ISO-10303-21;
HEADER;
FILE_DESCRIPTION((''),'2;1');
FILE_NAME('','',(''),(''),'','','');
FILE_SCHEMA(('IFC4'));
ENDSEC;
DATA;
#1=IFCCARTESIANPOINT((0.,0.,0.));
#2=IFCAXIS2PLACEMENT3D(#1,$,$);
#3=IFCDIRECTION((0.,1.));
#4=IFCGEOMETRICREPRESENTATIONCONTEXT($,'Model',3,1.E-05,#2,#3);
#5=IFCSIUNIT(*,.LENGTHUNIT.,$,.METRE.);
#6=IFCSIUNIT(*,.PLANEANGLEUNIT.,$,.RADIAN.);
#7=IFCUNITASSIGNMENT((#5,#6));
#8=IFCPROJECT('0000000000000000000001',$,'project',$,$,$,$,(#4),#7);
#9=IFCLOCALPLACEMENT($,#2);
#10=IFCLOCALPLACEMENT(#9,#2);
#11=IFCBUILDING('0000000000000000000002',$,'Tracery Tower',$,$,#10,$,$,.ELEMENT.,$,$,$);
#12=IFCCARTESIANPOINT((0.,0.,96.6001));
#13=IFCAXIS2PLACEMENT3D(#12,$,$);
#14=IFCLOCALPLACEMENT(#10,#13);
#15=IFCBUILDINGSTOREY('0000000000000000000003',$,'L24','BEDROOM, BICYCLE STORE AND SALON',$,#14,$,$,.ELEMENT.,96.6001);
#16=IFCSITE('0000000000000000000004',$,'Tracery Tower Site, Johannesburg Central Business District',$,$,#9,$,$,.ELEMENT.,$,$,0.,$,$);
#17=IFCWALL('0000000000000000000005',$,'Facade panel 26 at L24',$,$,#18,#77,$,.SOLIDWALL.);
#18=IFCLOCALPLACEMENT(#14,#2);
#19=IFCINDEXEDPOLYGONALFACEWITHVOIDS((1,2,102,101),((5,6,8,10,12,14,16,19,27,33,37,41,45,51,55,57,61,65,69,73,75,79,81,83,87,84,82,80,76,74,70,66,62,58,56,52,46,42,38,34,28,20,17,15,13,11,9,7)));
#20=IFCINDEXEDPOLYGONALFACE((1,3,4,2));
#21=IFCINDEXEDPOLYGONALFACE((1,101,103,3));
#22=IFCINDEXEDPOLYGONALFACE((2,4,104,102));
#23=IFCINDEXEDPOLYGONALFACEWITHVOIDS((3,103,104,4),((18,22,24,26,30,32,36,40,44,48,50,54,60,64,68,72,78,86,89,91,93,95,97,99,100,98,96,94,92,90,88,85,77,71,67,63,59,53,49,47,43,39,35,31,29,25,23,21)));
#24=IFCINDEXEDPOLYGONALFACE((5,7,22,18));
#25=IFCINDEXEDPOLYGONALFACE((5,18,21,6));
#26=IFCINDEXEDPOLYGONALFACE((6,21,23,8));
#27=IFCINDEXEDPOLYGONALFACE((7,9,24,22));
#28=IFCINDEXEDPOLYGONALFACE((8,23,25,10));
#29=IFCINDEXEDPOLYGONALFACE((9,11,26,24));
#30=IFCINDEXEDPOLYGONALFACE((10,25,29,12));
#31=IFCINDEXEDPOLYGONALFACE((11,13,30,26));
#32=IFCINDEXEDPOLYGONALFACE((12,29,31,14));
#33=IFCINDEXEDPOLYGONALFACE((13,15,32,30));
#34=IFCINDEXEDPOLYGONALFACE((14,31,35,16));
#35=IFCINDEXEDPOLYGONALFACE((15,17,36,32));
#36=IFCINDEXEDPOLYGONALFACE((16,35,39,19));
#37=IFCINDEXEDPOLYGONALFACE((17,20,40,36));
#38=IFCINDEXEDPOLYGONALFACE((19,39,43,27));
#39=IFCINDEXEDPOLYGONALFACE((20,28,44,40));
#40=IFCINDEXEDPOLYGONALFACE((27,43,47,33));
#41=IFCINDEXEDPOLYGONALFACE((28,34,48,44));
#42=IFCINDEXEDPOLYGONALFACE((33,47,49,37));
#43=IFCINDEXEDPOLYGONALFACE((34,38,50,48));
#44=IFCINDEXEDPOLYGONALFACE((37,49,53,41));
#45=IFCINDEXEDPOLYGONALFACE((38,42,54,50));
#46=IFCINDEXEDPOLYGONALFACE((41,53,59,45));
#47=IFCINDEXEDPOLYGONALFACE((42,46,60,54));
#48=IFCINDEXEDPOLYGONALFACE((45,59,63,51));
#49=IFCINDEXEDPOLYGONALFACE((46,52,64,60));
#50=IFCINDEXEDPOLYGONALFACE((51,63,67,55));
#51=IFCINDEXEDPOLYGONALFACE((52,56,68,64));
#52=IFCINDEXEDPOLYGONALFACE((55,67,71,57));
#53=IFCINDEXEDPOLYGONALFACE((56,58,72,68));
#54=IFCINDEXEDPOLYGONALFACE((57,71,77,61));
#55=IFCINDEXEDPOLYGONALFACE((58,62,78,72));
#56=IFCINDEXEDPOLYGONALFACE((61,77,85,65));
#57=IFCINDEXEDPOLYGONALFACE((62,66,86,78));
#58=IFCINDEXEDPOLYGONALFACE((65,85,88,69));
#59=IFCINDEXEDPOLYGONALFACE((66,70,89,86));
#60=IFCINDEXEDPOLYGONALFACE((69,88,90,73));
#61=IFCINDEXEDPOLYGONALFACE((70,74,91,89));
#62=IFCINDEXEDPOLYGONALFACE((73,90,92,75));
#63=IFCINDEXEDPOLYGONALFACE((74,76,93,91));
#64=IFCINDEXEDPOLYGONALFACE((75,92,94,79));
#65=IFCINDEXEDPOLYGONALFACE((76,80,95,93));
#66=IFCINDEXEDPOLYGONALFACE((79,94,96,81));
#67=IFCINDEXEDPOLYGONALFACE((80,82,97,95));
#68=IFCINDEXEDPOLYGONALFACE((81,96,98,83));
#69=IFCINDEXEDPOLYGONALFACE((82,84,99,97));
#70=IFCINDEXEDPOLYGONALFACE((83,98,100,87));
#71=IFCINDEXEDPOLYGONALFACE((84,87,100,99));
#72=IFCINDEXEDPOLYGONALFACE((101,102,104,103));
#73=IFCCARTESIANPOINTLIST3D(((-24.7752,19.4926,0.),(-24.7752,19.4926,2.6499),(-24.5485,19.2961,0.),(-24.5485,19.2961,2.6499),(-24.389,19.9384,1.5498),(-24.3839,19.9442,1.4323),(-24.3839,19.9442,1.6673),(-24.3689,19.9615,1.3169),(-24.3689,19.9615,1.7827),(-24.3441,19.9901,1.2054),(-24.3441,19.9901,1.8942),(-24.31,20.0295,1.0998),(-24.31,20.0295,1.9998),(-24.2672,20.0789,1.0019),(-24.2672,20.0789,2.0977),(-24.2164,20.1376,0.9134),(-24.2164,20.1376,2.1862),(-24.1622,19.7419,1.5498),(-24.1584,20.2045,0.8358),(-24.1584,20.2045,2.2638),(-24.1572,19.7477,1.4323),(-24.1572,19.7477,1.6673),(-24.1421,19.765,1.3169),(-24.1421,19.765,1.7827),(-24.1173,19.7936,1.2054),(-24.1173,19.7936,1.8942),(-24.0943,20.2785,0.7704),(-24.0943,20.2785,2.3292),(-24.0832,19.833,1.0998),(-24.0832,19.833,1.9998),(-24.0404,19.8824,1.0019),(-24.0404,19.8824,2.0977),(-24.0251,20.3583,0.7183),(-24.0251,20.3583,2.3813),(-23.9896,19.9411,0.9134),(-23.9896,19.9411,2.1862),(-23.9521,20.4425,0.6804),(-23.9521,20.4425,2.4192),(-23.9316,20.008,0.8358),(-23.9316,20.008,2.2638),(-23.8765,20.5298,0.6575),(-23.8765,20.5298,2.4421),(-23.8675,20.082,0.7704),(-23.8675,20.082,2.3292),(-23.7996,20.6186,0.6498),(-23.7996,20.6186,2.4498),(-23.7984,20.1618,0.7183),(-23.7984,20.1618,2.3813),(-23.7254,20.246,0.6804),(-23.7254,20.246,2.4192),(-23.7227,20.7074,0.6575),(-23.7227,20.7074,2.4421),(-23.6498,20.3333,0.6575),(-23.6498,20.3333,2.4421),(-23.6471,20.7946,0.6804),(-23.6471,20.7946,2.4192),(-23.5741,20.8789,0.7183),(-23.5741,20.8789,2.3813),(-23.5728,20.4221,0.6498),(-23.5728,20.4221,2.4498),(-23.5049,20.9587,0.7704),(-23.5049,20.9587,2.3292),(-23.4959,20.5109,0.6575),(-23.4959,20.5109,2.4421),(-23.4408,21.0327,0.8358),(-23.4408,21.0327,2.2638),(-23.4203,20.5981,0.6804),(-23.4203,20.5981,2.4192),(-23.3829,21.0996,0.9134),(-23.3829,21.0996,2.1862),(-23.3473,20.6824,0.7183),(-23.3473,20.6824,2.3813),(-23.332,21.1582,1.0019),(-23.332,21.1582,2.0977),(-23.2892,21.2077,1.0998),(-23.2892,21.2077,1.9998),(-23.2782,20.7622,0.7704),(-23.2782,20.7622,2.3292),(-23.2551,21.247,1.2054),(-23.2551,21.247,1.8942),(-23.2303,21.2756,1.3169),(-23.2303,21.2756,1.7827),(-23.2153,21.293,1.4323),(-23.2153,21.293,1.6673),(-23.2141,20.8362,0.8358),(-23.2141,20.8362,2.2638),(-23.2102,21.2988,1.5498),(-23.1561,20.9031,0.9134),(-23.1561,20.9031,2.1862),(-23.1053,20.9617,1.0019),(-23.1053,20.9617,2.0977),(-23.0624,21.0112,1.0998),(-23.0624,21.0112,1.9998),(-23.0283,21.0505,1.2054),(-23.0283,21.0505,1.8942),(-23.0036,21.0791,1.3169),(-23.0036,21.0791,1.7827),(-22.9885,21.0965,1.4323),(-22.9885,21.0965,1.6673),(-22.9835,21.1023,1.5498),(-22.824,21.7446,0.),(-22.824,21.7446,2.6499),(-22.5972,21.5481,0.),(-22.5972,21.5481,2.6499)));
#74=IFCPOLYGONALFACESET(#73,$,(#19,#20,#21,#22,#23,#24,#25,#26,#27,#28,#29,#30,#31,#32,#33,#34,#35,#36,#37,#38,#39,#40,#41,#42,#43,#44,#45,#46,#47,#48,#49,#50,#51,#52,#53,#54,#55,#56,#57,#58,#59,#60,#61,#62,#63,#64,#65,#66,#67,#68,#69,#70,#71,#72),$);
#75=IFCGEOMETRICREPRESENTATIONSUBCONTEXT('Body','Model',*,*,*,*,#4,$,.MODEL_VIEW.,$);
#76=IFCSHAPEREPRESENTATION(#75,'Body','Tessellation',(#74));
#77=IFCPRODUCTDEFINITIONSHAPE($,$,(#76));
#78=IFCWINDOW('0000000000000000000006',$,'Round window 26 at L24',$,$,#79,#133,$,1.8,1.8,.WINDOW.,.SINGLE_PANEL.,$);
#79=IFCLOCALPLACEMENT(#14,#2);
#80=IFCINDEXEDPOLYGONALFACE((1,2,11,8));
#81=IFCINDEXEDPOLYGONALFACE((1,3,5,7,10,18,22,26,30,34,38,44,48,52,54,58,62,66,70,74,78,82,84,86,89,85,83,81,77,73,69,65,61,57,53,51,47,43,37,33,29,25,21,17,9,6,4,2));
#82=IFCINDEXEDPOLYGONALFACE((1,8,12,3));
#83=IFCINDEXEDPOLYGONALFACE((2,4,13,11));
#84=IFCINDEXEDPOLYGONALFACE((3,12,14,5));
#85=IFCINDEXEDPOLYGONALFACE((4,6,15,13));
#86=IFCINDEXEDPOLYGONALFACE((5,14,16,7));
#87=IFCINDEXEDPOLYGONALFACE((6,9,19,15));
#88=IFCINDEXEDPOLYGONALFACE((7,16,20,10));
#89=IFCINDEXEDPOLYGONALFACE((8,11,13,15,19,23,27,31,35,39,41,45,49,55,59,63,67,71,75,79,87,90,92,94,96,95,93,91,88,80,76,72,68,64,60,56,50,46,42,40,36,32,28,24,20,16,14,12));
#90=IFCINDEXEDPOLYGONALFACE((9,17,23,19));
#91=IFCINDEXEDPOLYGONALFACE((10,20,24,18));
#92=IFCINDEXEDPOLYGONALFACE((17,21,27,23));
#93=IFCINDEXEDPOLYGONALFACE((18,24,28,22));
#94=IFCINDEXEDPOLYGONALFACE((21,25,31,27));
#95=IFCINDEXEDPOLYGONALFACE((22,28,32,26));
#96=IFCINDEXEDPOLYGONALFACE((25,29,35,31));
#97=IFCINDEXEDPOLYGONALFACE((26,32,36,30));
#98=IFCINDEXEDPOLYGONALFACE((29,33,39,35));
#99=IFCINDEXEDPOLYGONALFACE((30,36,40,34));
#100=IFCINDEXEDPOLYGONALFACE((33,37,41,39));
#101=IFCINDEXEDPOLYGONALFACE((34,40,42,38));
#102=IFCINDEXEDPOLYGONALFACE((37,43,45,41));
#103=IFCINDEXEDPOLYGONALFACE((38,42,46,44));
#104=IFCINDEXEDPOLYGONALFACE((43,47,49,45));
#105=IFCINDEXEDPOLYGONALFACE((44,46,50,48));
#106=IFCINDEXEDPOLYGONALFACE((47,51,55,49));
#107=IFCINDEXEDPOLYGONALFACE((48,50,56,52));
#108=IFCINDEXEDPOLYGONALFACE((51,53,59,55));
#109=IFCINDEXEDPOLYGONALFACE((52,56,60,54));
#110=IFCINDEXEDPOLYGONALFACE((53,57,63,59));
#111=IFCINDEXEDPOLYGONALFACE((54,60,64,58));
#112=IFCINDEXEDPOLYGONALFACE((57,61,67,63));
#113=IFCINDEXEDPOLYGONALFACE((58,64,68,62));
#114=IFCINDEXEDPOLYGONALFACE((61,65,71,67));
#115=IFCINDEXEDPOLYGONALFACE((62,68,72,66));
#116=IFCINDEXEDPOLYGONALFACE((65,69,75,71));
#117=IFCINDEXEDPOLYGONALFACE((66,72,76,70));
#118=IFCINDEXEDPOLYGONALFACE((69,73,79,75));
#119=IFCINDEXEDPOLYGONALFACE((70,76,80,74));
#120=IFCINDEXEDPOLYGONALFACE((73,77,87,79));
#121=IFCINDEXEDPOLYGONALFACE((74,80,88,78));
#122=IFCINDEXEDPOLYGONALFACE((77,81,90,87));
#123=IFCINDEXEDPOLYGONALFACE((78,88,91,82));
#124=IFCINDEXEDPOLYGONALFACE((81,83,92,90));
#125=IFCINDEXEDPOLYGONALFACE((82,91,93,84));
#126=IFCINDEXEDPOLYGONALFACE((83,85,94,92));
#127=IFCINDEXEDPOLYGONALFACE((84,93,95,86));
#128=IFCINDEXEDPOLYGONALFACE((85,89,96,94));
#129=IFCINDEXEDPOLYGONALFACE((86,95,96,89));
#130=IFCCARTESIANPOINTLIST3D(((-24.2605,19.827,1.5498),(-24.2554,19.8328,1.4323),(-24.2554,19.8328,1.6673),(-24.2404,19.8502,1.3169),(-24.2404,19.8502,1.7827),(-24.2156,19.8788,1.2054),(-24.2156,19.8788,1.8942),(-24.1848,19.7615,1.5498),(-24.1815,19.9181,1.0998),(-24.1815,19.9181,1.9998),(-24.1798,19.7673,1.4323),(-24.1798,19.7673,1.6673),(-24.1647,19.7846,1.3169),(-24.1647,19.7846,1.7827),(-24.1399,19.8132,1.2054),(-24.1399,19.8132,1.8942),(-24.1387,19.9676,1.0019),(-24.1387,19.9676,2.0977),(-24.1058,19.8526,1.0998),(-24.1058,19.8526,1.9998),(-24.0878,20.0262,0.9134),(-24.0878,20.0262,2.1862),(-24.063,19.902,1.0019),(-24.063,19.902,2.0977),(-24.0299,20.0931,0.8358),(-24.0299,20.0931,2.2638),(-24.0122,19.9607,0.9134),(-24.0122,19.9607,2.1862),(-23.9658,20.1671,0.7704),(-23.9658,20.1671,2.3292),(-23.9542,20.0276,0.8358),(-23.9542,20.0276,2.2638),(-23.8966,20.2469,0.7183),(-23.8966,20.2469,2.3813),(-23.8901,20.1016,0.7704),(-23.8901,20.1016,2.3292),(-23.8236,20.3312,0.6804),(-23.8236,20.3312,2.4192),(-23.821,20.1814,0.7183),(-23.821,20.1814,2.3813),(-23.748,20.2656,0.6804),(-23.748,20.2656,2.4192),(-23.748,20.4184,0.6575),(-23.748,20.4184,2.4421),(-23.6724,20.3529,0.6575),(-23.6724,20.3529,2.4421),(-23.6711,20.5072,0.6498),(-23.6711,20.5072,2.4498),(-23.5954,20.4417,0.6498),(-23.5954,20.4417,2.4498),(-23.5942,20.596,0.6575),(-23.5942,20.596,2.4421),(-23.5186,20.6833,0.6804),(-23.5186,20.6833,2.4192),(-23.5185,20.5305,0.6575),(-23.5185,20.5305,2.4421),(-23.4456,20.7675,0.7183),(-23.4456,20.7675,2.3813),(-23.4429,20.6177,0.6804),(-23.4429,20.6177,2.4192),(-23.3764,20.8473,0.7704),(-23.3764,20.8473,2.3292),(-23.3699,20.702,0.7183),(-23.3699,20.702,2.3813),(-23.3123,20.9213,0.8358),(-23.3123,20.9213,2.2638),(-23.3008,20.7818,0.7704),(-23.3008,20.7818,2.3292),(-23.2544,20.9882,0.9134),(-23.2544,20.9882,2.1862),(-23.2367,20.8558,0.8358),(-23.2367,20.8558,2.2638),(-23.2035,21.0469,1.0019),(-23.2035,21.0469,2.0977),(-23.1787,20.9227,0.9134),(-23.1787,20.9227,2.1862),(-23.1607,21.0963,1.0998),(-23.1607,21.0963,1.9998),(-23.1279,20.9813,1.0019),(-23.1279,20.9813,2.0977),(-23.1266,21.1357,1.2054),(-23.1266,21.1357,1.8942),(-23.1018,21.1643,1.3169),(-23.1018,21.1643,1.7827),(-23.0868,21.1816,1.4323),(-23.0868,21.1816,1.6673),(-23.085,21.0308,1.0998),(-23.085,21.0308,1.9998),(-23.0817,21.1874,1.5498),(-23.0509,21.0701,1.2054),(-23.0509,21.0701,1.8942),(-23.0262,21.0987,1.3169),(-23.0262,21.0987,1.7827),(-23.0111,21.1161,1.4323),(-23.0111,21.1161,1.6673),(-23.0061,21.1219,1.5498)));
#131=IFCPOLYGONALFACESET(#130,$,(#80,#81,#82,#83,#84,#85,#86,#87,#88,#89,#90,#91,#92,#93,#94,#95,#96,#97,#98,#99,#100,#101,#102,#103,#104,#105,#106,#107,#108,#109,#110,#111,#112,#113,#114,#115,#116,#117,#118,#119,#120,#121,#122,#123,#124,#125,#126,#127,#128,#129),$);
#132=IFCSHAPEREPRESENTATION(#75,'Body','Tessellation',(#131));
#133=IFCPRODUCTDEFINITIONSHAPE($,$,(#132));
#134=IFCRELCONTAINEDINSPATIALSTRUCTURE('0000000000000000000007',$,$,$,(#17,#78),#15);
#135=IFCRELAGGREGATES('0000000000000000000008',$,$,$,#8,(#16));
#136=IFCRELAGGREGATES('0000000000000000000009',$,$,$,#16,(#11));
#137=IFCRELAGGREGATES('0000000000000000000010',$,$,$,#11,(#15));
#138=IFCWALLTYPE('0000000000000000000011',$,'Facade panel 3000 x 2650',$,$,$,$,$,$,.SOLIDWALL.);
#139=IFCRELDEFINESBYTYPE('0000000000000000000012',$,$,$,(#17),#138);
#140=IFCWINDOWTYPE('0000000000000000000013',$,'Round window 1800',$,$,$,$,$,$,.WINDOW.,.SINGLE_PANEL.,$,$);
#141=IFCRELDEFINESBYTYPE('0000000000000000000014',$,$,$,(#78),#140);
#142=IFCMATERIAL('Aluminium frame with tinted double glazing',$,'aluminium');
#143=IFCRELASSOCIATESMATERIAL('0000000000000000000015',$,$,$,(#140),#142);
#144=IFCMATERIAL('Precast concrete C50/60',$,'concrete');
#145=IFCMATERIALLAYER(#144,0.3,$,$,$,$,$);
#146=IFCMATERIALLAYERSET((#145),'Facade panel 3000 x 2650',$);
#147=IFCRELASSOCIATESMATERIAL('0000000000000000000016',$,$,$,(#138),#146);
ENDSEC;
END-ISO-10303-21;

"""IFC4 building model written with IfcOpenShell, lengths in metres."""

from ifc_helpers import new_model, si_unit, direction, frame, frame_2d, origin, origin_2d, place, context, subcontext, project, spatial, rectangle, circle, extrude, material, layer, layer_set, type_object, element, fill, save


model = new_model("IFC4")

# Units and contexts
model_context = context("Model", 3, precision=1e-05, world=origin(), true_north=direction((0.0, 1.0)))
body_context = subcontext(model_context, "Body", "Model", "MODEL_VIEW")
ifc_project = project(units=[si_unit("LENGTHUNIT", "METRE"), si_unit("PLANEANGLEUNIT", "RADIAN")], contexts=[model_context])

# Site, building, storey
site_placement = place(None, origin())
site = spatial("IfcSite", under=ifc_project, at=site_placement, Name="Tracery Tower Site, Johannesburg Central Business District", CompositionType="ELEMENT", RefElevation=0.0)
building_placement = place(site_placement, origin())
building = spatial("IfcBuilding", under=site, at=building_placement, Name="Tracery Tower", CompositionType="ELEMENT")
storey_placement = place(building_placement, frame((0.0, 0.0, 96.6001)))
storey = spatial("IfcBuildingStorey", under=building, at=storey_placement, Name="L24", Description="BEDROOM, BICYCLE STORE AND SALON", CompositionType="ELEMENT", Elevation=96.6001)

# Wall, opening, window
ifc_material_1 = material(Name="Aluminium frame with tinted double glazing", Category="aluminium")
window_type = type_object("IfcWindowType", Name="Round window 1800", PartitioningType="SINGLE_PANEL", PredefinedType="WINDOW", material=ifc_material_1)
ifc_material_2 = material(Name="Precast concrete C50/60", Category="concrete")
ifc_layer_1 = layer(ifc_material_2, 0.3)
ifc_layer_set_1 = layer_set([ifc_layer_1], Name="Facade panel 3000 x 2650")
wall_type_1 = type_object("IfcWallType", Name="Facade panel 3000 x 2650", PredefinedType="SOLIDWALL", material=ifc_layer_set_1)
wall_1_placement = place(storey_placement, frame((-22.7107, 21.6462, 0.0), z_axis=(0.0, 0.0, 1.0), x_axis=(-0.654831, -0.755776, 0.0)))
wall_1 = element("IfcWall", 1, at=wall_1_placement, inside=storey, type_object=wall_type_1, Name="Facade panel 26 at L24", PredefinedType="SOLIDWALL", context=body_context, shape_type="SweptSolid", body=[
    extrude(rectangle(XDim=2.9797, YDim=0.3, at=frame_2d((1.4897, 0.0))), origin(), (0.0, 0.0, 1.0), 2.6499),
])
opening_1_placement = place(wall_1_placement, frame((1.4897, 0.0, 1.5498)))
opening_1 = element("IfcOpeningElement", 2, at=opening_1_placement, cuts=wall_1, PredefinedType="OPENING", context=body_context, shape_type="SweptSolid", body=[
    extrude(circle(Radius=0.9, at=origin_2d()), frame((0.0, 0.1599, 0.0), z_axis=(0.0, -1.0, 0.0), x_axis=(1.0, 0.0, 0.0)), (0.0, 0.0, 1.0), 0.3201),
])
window_1_placement = place(opening_1_placement, origin())
window_1 = element("IfcWindow", 3, at=window_1_placement, inside=storey, type_object=window_type, Name="Round window 26 at L24", OverallHeight=1.8, OverallWidth=1.8, PartitioningType="SINGLE_PANEL", PredefinedType="WINDOW", context=body_context, shape_type="SweptSolid", body=[
    extrude(circle(Radius=0.9, at=origin_2d()), frame((0.0, 0.1201, 0.0), z_axis=(0.0, -1.0, 0.0), x_axis=(1.0, 0.0, 0.0)), (0.0, 0.0, 1.0), 0.1001),
])
fill(opening_1, window_1)

save(model, "model.ifc")
